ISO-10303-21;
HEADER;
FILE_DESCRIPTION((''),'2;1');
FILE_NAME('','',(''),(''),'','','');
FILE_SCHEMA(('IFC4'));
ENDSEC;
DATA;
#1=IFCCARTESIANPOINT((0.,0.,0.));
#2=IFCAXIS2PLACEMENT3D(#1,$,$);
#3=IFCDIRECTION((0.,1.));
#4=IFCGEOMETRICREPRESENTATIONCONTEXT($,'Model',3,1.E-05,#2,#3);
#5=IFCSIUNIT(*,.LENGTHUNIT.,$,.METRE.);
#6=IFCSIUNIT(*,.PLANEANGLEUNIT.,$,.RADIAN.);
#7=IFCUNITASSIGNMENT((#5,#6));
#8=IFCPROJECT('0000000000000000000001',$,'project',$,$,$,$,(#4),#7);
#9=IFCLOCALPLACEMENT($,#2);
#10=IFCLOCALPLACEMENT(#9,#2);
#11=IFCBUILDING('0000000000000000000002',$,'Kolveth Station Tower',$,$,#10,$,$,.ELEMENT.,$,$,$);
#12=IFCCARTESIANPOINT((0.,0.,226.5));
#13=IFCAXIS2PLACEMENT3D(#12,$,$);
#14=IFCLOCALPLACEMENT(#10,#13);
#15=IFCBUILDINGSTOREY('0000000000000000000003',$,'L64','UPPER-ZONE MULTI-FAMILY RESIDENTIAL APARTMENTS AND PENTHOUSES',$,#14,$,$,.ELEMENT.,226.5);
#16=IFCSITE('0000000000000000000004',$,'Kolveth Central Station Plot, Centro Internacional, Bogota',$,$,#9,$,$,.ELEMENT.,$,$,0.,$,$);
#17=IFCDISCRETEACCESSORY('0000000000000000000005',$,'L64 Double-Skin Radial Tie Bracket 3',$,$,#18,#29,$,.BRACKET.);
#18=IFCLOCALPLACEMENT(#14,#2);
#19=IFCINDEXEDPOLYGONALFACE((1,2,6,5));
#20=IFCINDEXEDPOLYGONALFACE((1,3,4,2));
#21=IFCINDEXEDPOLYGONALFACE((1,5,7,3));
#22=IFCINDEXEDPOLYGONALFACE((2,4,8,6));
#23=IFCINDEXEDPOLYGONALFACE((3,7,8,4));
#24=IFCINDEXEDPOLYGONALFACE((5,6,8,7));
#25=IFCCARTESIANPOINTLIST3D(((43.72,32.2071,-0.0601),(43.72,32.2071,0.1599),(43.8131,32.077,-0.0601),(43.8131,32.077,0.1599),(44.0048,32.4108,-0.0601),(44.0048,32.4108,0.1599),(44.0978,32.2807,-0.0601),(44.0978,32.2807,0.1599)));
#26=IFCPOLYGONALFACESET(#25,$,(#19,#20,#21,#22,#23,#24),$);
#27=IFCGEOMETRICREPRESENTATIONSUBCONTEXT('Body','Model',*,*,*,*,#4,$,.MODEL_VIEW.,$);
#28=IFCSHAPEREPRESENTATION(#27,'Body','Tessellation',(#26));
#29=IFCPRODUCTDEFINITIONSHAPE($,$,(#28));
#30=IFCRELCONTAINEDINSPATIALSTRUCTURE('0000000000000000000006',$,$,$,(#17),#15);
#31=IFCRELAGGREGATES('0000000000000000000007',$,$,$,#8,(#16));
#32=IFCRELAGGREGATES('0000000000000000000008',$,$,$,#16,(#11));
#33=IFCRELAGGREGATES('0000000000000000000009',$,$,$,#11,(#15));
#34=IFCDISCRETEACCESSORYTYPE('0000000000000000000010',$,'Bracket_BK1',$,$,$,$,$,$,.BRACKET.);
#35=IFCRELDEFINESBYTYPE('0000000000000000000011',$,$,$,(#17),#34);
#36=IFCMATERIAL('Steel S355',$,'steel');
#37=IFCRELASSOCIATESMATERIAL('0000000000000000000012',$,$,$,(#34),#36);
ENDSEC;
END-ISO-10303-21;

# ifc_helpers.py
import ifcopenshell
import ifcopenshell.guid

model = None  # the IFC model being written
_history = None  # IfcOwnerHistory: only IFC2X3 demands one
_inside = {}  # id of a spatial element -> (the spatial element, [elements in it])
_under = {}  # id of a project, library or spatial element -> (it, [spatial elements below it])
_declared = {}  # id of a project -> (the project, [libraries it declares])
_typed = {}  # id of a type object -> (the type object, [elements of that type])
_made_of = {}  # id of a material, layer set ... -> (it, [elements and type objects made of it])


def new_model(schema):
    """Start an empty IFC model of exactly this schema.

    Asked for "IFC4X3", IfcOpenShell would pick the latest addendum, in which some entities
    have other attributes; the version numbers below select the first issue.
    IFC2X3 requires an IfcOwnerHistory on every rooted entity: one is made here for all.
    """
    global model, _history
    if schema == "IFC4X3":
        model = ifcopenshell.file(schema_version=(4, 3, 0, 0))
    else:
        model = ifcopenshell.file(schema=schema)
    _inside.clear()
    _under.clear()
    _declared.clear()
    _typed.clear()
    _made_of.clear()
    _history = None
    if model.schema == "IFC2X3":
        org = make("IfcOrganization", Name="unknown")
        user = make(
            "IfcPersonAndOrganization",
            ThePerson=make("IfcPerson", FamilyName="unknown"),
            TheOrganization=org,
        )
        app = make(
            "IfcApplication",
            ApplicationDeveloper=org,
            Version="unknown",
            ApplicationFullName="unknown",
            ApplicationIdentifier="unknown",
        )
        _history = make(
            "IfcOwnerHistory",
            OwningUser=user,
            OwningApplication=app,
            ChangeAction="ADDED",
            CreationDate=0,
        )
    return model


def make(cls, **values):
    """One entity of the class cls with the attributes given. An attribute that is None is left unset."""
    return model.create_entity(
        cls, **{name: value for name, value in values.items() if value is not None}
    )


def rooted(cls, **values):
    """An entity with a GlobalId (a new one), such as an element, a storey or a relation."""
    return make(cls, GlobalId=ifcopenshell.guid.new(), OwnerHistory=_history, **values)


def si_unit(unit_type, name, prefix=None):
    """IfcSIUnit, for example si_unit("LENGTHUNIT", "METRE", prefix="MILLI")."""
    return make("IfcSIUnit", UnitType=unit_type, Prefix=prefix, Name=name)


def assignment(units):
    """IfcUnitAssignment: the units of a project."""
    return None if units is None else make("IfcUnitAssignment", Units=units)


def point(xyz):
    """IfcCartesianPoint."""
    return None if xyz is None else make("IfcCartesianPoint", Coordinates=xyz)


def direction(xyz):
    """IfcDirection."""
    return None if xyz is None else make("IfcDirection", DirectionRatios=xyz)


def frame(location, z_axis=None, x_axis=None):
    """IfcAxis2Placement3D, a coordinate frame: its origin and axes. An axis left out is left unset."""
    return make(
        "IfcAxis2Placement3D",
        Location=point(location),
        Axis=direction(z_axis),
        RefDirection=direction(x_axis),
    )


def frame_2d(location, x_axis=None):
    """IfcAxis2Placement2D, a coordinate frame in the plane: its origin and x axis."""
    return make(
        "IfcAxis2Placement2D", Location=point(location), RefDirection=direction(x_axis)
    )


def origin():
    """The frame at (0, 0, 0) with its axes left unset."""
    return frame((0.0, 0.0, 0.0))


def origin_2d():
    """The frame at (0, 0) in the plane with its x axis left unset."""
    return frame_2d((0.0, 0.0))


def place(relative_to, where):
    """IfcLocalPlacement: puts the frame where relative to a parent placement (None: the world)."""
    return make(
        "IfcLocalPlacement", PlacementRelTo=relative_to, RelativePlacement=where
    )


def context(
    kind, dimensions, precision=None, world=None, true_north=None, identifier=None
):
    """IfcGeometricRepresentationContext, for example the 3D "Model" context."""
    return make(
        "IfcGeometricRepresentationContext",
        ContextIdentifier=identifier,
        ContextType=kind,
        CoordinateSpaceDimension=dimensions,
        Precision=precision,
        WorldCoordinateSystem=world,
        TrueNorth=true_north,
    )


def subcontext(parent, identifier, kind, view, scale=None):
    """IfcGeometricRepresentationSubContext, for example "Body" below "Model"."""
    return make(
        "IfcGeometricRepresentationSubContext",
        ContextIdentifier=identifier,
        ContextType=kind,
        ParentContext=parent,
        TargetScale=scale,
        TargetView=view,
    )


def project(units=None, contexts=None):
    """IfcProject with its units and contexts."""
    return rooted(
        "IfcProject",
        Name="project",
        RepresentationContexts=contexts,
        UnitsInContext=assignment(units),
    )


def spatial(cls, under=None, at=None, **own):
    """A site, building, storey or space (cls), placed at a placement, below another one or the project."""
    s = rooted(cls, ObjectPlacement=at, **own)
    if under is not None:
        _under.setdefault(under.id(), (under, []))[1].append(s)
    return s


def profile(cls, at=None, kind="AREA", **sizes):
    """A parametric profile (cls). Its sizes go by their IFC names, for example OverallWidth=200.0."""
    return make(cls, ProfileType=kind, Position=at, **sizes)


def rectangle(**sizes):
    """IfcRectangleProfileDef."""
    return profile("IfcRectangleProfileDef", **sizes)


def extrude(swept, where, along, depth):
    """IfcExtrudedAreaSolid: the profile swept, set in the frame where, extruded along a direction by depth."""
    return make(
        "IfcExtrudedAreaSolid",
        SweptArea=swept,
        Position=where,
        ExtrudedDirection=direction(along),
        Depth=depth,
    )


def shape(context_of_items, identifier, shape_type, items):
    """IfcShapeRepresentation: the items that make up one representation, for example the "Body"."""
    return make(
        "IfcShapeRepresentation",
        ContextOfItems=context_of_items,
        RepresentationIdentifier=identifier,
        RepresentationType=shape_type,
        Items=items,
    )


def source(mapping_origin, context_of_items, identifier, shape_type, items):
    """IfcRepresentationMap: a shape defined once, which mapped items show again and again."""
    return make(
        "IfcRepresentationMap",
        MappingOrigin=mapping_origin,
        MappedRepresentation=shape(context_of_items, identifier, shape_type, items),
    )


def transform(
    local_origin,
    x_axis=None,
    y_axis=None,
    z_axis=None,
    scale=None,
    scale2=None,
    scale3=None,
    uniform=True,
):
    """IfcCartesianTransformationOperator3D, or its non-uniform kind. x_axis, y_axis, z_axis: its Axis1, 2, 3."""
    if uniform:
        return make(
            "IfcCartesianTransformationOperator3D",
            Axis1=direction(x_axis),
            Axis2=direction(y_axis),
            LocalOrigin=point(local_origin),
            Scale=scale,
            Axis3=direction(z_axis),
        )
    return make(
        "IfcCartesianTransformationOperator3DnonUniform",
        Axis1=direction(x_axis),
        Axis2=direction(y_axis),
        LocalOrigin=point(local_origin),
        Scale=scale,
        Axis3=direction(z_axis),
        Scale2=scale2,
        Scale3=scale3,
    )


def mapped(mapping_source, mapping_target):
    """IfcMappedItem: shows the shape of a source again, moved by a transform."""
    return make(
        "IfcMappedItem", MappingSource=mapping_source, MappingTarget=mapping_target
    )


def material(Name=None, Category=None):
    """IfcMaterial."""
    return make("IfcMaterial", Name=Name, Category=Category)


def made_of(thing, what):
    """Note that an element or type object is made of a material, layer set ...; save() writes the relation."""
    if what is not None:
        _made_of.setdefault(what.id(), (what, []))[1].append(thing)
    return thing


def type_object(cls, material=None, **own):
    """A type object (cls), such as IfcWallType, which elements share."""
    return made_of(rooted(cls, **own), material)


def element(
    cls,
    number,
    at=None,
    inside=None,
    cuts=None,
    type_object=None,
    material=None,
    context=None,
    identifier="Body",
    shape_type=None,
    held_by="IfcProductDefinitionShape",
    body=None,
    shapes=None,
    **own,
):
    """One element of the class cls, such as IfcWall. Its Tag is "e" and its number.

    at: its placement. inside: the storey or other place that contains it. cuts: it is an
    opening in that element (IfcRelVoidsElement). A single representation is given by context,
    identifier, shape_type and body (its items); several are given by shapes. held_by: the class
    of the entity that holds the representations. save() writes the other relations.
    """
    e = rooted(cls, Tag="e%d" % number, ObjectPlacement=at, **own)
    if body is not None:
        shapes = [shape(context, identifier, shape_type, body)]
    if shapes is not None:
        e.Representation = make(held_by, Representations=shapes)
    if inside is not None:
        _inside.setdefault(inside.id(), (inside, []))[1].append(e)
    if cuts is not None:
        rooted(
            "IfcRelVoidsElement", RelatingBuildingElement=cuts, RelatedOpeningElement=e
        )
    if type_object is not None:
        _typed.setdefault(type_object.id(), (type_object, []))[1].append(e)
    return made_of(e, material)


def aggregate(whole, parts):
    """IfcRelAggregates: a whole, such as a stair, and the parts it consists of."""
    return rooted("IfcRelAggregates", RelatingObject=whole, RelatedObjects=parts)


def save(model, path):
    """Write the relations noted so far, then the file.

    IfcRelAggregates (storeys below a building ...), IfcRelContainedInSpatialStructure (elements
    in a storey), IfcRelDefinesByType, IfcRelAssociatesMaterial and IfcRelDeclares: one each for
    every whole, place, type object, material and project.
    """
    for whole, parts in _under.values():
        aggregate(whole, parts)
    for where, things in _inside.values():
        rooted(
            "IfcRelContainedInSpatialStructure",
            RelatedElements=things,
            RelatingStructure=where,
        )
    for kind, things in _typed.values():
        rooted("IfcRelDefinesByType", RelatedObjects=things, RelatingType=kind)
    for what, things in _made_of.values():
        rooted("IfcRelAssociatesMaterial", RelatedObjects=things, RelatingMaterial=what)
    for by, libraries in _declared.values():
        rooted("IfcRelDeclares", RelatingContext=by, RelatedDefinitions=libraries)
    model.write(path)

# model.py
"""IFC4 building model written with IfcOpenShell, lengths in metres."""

from ifc_helpers import new_model, si_unit, direction, frame, origin, origin_2d, place, context, subcontext, project, spatial, rectangle, extrude, source, transform, mapped, material, type_object, element, save


model = new_model("IFC4")

# Units and contexts
model_context = context("Model", 3, precision=1e-05, world=origin(), true_north=direction((0.0, 1.0)))
body_context = subcontext(model_context, "Body", "Model", "MODEL_VIEW")
ifc_project = project(units=[si_unit("LENGTHUNIT", "METRE"), si_unit("PLANEANGLEUNIT", "RADIAN")], contexts=[model_context])

# Site, building, storey
site_placement = place(None, origin())
site = spatial("IfcSite", under=ifc_project, at=site_placement, Name="Kolveth Central Station Plot, Centro Internacional, Bogota", CompositionType="ELEMENT", RefElevation=0.0)
building_placement = place(site_placement, origin())
building = spatial("IfcBuilding", under=site, at=building_placement, Name="Kolveth Station Tower", CompositionType="ELEMENT")
storey_placement = place(building_placement, frame((0.0, 0.0, 226.5)))
storey = spatial("IfcBuildingStorey", under=building, at=storey_placement, Name="L64", Description="UPPER-ZONE MULTI-FAMILY RESIDENTIAL APARTMENTS AND PENTHOUSES", CompositionType="ELEMENT", Elevation=226.5)

# Shared definitions
ifc_material_1 = material(Name="Steel S355", Category="steel")

# Discrete accessory
discrete_accessory_type = type_object("IfcDiscreteAccessoryType", Name="Bracket_BK1", PredefinedType="BRACKET", material=ifc_material_1)
shared_shape_1 = source(origin(), body_context, "Body", "SweptSolid", [
    extrude(rectangle(XDim=0.3501, YDim=0.1599, at=origin_2d()), origin(), (0.0, 0.0, 1.0), 0.22),
])
discrete_accessory_placement = place(storey_placement, frame((43.9089, 32.2439, -0.0601), z_axis=(0.0, 0.0, 1.0), x_axis=(0.813405, 0.581697, 0.0)))
element("IfcDiscreteAccessory", 1, at=discrete_accessory_placement, inside=storey, type_object=discrete_accessory_type, Name="L64 Double-Skin Radial Tie Bracket 3", PredefinedType="BRACKET", context=body_context, shape_type="MappedRepresentation", body=[
    mapped(shared_shape_1, transform((0.0, 0.0, 0.0), x_axis=(1.0, 0.0, 0.0), y_axis=(0.0, 1.0, 0.0), z_axis=(0.0, 0.0, 1.0), scale=1.0)),
])

save(model, "model.ifc")
